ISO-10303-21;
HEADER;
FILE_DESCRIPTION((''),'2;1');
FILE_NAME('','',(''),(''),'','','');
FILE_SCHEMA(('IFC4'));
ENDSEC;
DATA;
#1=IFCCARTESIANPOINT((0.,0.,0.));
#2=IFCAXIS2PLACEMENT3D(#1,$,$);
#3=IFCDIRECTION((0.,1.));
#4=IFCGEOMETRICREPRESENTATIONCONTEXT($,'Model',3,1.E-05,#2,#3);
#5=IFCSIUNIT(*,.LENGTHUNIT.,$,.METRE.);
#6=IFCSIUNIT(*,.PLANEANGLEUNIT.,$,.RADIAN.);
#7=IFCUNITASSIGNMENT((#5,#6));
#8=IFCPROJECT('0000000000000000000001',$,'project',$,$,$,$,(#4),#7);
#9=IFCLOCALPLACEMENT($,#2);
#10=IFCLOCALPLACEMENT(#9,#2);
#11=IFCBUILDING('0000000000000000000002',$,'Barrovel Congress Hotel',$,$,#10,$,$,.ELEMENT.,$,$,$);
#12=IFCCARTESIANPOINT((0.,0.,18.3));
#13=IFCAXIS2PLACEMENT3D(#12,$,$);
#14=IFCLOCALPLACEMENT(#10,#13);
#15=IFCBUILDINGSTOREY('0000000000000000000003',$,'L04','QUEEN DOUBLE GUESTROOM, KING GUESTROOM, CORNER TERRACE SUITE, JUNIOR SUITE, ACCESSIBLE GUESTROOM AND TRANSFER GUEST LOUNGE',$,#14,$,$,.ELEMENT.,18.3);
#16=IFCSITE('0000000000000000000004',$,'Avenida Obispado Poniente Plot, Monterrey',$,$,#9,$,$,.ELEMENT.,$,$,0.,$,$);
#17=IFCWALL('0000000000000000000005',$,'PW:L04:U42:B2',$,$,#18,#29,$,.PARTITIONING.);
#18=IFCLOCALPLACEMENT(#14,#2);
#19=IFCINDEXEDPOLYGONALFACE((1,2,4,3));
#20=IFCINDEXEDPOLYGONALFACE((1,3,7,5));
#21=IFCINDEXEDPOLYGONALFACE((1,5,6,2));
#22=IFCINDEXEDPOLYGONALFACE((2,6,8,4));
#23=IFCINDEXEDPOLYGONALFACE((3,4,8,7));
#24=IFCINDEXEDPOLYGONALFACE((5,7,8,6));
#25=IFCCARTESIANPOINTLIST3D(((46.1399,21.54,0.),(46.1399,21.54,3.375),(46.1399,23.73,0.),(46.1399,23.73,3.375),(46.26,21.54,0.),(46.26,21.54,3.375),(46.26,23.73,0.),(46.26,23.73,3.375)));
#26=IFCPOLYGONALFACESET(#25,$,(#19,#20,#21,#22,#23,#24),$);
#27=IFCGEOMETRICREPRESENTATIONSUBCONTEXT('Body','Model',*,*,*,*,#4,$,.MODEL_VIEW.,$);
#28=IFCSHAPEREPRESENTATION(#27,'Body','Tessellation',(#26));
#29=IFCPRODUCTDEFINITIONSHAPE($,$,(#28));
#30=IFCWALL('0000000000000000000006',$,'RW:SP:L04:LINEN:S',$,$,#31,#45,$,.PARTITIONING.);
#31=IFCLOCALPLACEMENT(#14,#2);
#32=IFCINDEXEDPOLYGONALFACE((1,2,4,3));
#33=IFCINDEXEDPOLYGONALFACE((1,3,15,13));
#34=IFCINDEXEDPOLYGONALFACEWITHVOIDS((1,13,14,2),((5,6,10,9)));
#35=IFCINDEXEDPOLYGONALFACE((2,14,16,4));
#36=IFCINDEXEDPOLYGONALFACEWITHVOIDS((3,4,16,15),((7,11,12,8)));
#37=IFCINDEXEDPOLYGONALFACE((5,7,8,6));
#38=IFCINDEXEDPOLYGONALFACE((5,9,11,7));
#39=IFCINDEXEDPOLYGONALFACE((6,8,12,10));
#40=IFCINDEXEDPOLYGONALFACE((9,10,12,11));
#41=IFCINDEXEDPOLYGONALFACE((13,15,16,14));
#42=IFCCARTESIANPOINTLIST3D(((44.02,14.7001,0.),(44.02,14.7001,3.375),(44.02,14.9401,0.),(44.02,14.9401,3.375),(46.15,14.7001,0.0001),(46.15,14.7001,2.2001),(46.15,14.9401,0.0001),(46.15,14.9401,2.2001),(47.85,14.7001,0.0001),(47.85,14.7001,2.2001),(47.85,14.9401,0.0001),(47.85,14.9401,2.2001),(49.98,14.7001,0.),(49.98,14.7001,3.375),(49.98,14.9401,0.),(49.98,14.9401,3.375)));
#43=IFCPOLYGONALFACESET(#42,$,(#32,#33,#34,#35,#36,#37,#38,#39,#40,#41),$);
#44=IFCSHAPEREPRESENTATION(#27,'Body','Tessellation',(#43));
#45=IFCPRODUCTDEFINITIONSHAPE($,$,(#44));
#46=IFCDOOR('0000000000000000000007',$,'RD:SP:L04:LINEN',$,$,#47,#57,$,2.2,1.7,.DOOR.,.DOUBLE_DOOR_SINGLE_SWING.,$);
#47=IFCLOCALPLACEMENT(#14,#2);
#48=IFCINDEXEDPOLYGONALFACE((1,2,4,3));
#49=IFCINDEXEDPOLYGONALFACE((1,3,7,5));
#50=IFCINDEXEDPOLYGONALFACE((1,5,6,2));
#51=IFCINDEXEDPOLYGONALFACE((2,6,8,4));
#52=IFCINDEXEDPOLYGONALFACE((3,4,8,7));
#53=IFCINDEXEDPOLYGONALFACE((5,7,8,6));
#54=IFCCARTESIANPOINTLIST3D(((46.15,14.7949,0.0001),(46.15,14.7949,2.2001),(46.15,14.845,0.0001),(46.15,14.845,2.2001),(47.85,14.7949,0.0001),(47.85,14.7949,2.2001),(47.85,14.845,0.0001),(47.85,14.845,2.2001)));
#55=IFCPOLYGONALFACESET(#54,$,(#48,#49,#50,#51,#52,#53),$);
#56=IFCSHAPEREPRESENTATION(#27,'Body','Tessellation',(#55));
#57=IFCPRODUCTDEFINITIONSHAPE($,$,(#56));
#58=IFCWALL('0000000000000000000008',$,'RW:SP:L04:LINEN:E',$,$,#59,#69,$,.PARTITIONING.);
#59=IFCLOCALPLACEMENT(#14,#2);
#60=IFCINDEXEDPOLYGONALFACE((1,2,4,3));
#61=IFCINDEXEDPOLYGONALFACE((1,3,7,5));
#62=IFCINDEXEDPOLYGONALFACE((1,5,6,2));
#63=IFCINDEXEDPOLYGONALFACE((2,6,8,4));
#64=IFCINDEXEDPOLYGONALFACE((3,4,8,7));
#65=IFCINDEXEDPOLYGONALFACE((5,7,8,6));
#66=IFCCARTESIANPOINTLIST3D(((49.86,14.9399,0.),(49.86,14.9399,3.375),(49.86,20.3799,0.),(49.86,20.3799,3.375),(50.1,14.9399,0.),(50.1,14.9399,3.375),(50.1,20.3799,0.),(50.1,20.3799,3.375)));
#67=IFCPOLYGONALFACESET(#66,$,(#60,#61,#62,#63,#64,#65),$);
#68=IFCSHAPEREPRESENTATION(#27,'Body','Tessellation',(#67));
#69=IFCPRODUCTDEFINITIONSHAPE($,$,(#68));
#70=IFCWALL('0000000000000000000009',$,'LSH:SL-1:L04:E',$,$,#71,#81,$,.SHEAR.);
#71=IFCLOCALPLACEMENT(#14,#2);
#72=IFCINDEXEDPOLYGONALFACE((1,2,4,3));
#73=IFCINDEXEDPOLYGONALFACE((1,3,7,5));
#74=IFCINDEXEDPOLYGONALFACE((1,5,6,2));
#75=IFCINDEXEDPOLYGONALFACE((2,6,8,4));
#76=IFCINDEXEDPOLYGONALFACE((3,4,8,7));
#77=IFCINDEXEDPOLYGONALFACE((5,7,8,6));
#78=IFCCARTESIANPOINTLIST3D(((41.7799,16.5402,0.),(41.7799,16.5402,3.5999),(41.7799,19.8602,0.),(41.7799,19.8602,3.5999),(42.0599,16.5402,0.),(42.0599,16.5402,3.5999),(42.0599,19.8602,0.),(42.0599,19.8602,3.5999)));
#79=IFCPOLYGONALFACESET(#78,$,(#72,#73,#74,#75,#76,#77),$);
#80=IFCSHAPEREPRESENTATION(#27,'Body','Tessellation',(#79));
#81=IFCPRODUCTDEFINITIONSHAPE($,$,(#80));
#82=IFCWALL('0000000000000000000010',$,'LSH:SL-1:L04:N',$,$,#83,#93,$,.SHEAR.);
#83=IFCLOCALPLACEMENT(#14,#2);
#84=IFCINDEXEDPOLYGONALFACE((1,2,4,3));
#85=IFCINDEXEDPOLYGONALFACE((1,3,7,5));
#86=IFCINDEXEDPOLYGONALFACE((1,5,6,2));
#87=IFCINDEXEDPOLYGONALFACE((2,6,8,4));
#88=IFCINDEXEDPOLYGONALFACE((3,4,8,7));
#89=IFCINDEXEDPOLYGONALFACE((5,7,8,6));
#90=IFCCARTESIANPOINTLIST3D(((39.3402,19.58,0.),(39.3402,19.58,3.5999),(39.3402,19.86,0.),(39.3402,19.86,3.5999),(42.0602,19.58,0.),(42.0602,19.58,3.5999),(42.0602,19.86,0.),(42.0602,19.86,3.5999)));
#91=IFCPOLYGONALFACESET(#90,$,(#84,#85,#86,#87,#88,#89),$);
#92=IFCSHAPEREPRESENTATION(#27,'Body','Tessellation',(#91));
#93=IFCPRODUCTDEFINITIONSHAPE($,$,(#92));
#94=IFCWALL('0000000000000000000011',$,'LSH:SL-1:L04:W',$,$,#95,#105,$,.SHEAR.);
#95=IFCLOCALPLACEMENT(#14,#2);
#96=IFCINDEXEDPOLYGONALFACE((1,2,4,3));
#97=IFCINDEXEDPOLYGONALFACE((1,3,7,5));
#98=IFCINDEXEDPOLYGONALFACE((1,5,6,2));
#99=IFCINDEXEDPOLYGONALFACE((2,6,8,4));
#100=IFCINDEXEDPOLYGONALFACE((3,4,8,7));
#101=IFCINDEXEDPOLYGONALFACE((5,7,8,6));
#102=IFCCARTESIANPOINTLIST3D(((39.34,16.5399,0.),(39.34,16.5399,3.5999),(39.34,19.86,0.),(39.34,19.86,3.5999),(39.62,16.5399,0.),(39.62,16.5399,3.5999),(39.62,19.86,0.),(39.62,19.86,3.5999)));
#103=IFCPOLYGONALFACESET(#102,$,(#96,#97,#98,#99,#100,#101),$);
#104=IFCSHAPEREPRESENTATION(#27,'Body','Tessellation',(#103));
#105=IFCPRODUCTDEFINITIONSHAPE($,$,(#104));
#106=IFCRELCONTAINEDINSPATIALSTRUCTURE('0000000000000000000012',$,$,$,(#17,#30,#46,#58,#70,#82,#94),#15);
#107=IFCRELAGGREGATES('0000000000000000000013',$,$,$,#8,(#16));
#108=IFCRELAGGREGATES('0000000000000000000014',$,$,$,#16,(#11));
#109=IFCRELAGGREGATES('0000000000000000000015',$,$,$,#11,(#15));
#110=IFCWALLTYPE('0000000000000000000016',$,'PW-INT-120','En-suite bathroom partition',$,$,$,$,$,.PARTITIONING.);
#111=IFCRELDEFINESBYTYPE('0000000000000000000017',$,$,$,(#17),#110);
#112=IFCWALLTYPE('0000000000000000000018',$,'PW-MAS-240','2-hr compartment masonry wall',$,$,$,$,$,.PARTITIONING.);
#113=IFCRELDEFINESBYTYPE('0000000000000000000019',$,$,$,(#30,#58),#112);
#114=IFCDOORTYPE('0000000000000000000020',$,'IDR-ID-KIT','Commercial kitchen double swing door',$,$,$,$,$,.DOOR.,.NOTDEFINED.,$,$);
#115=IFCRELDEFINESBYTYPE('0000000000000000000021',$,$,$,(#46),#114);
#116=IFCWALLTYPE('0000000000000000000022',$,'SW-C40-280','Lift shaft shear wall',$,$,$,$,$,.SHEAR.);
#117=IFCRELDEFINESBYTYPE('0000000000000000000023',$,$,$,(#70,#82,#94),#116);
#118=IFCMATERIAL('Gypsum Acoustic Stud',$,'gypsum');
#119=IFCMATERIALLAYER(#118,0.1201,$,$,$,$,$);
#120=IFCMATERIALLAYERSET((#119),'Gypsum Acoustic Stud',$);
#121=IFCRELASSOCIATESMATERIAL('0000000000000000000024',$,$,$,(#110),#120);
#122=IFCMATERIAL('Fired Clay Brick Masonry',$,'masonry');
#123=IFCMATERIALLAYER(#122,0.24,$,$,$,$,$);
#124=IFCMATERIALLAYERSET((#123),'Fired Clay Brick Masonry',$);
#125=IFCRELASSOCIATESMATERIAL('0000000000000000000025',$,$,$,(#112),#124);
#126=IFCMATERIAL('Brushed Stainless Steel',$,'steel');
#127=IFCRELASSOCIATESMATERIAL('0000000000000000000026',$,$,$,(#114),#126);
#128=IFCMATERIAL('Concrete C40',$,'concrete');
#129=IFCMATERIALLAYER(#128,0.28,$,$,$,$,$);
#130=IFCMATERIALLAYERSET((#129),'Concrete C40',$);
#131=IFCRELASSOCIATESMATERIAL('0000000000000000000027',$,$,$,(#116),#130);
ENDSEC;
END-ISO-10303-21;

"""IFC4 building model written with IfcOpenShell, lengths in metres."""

from ifc_helpers import new_model, si_unit, direction, frame, frame_2d, origin, place, context, subcontext, project, spatial, rectangle, extrude, material, layer, layer_set, type_object, element, fill, save


model = new_model("IFC4")

# Units and contexts
model_context = context("Model", 3, precision=1e-05, world=origin(), true_north=direction((0.0, 1.0)))
body_context = subcontext(model_context, "Body", "Model", "MODEL_VIEW")
ifc_project = project(units=[si_unit("LENGTHUNIT", "METRE"), si_unit("PLANEANGLEUNIT", "RADIAN")], contexts=[model_context])

# Site, building, storey
site_placement = place(None, origin())
site = spatial("IfcSite", under=ifc_project, at=site_placement, Name="Avenida Obispado Poniente Plot, Monterrey", CompositionType="ELEMENT", RefElevation=0.0)
building_placement = place(site_placement, origin())
building = spatial("IfcBuilding", under=site, at=building_placement, Name="Barrovel Congress Hotel", CompositionType="ELEMENT")
storey_placement = place(building_placement, frame((0.0, 0.0, 18.3)))
storey = spatial("IfcBuildingStorey", under=building, at=storey_placement, Name="L04", Description="QUEEN DOUBLE GUESTROOM, KING GUESTROOM, CORNER TERRACE SUITE, JUNIOR SUITE, ACCESSIBLE GUESTROOM AND TRANSFER GUEST LOUNGE", CompositionType="ELEMENT", Elevation=18.3)

# Shared definitions
ifc_material_1 = material(Name="Concrete C40", Category="concrete")

# Shared definitions
ifc_material_2 = material(Name="Fired Clay Brick Masonry", Category="masonry")

# Shared definitions
ifc_material_3 = material(Name="Gypsum Acoustic Stud", Category="gypsum")

# Wall
ifc_layer_1 = layer(ifc_material_3, 0.1201)
ifc_layer_set_1 = layer_set([ifc_layer_1], Name="Gypsum Acoustic Stud")
wall_type_1 = type_object("IfcWallType", Name="PW-INT-120", Description="En-suite bathroom partition", PredefinedType="PARTITIONING", material=ifc_layer_set_1)
wall_1_placement = place(storey_placement, frame((46.2, 21.54, 0.0), z_axis=(0.0, 0.0, 1.0), x_axis=(0.0, 1.0, 0.0)))
element("IfcWall", 1, at=wall_1_placement, inside=storey, type_object=wall_type_1, Name="PW:L04:U42:B2", PredefinedType="PARTITIONING", context=body_context, shape_type="SweptSolid", body=[
    extrude(rectangle(XDim=2.1899, YDim=0.1201, at=frame_2d((1.095, 0.0))), origin(), (0.0, 0.0, 1.0), 3.375),
])

# Wall, opening, door
ifc_layer_2 = layer(ifc_material_2, 0.24)
ifc_layer_set_2 = layer_set([ifc_layer_2], Name="Fired Clay Brick Masonry")
wall_type_2 = type_object("IfcWallType", Name="PW-MAS-240", Description="2-hr compartment masonry wall", PredefinedType="PARTITIONING", material=ifc_layer_set_2)
wall_2_placement = place(storey_placement, frame((44.02, 14.8201, 0.0), z_axis=(0.0, 0.0, 1.0), x_axis=(1.0, 0.0, 0.0)))
wall_2 = element("IfcWall", 2, at=wall_2_placement, inside=storey, type_object=wall_type_2, Name="RW:SP:L04:LINEN:S", PredefinedType="PARTITIONING", context=body_context, shape_type="SweptSolid", body=[
    extrude(rectangle(XDim=5.96, YDim=0.24, at=frame_2d((2.98, 0.0))), origin(), (0.0, 0.0, 1.0), 3.375),
])
opening_1_placement = place(wall_2_placement, frame((2.1299, 0.0, 0.0)))
opening_1 = element("IfcOpeningElement", 3, at=opening_1_placement, cuts=wall_2, PredefinedType="OPENING", context=body_context, shape_type="SweptSolid", body=[
    extrude(rectangle(XDim=1.7, YDim=2.2, at=frame_2d((0.8501, 1.1001))), frame((0.0, 0.1299, 0.0), z_axis=(0.0, -1.0, 0.0), x_axis=(1.0, 0.0, 0.0)), (0.0, 0.0, 1.0), 0.26),
])
ifc_material_4 = material(Name="Brushed Stainless Steel", Category="steel")
door_type_1 = type_object("IfcDoorType", Name="IDR-ID-KIT", Description="Commercial kitchen double swing door", OperationType="NOTDEFINED", PredefinedType="DOOR", material=ifc_material_4)
door_1_placement = place(opening_1_placement, origin())
door_1 = element("IfcDoor", 4, at=door_1_placement, inside=storey, type_object=door_type_1, Name="RD:SP:L04:LINEN", OperationType="DOUBLE_DOOR_SINGLE_SWING", OverallHeight=2.2, OverallWidth=1.7, PredefinedType="DOOR", context=body_context, shape_type="SweptSolid", body=[
    extrude(rectangle(XDim=1.7, YDim=2.2, at=frame_2d((0.8501, 1.1001))), frame((0.0, 0.0249, 0.0), z_axis=(0.0, -1.0, 0.0), x_axis=(1.0, 0.0, 0.0)), (0.0, 0.0, 1.0), 0.05),
])
fill(opening_1, door_1)

# Walls
wall_3_placement = place(storey_placement, frame((49.98, 14.9399, 0.0), z_axis=(0.0, 0.0, 1.0), x_axis=(0.0, 1.0, 0.0)))
element("IfcWall", 5, at=wall_3_placement, inside=storey, type_object=wall_type_2, Name="RW:SP:L04:LINEN:E", PredefinedType="PARTITIONING", context=body_context, shape_type="SweptSolid", body=[
    extrude(rectangle(XDim=5.4399, YDim=0.24, at=frame_2d((2.72, 0.0))), origin(), (0.0, 0.0, 1.0), 3.375),
])
ifc_layer_3 = layer(ifc_material_1, 0.28)
ifc_layer_set_3 = layer_set([ifc_layer_3], Name="Concrete C40")
wall_type_3 = type_object("IfcWallType", Name="SW-C40-280", Description="Lift shaft shear wall", PredefinedType="SHEAR", material=ifc_layer_set_3)
wall_4_placement = place(storey_placement, frame((41.9199, 16.54, 0.0), z_axis=(0.0, 0.0, 1.0), x_axis=(0.0, 1.0, 0.0)))
element("IfcWall", 6, at=wall_4_placement, inside=storey, type_object=wall_type_3, Name="LSH:SL-1:L04:E", PredefinedType="SHEAR", context=body_context, shape_type="SweptSolid", body=[
    extrude(rectangle(XDim=3.3201, YDim=0.28, at=frame_2d((1.6602, 0.0))), origin(), (0.0, 0.0, 1.0), 3.5999),
])
wall_5_placement = place(storey_placement, frame((42.0601, 19.72, 0.0), z_axis=(0.0, 0.0, 1.0), x_axis=(-1.0, 0.0, 0.0)))
element("IfcWall", 7, at=wall_5_placement, inside=storey, type_object=wall_type_3, Name="LSH:SL-1:L04:N", PredefinedType="SHEAR", context=body_context, shape_type="SweptSolid", body=[
    extrude(rectangle(XDim=2.72, YDim=0.28, at=frame_2d((1.3599, 0.0))), origin(), (0.0, 0.0, 1.0), 3.5999),
])
wall_6_placement = place(storey_placement, frame((39.48, 19.8601, 0.0), z_axis=(0.0, 0.0, 1.0), x_axis=(0.0, -1.0, 0.0)))
element("IfcWall", 8, at=wall_6_placement, inside=storey, type_object=wall_type_3, Name="LSH:SL-1:L04:W", PredefinedType="SHEAR", context=body_context, shape_type="SweptSolid", body=[
    extrude(rectangle(XDim=3.3201, YDim=0.28, at=frame_2d((1.6602, 0.0))), origin(), (0.0, 0.0, 1.0), 3.5999),
])

save(model, "model.ifc")
